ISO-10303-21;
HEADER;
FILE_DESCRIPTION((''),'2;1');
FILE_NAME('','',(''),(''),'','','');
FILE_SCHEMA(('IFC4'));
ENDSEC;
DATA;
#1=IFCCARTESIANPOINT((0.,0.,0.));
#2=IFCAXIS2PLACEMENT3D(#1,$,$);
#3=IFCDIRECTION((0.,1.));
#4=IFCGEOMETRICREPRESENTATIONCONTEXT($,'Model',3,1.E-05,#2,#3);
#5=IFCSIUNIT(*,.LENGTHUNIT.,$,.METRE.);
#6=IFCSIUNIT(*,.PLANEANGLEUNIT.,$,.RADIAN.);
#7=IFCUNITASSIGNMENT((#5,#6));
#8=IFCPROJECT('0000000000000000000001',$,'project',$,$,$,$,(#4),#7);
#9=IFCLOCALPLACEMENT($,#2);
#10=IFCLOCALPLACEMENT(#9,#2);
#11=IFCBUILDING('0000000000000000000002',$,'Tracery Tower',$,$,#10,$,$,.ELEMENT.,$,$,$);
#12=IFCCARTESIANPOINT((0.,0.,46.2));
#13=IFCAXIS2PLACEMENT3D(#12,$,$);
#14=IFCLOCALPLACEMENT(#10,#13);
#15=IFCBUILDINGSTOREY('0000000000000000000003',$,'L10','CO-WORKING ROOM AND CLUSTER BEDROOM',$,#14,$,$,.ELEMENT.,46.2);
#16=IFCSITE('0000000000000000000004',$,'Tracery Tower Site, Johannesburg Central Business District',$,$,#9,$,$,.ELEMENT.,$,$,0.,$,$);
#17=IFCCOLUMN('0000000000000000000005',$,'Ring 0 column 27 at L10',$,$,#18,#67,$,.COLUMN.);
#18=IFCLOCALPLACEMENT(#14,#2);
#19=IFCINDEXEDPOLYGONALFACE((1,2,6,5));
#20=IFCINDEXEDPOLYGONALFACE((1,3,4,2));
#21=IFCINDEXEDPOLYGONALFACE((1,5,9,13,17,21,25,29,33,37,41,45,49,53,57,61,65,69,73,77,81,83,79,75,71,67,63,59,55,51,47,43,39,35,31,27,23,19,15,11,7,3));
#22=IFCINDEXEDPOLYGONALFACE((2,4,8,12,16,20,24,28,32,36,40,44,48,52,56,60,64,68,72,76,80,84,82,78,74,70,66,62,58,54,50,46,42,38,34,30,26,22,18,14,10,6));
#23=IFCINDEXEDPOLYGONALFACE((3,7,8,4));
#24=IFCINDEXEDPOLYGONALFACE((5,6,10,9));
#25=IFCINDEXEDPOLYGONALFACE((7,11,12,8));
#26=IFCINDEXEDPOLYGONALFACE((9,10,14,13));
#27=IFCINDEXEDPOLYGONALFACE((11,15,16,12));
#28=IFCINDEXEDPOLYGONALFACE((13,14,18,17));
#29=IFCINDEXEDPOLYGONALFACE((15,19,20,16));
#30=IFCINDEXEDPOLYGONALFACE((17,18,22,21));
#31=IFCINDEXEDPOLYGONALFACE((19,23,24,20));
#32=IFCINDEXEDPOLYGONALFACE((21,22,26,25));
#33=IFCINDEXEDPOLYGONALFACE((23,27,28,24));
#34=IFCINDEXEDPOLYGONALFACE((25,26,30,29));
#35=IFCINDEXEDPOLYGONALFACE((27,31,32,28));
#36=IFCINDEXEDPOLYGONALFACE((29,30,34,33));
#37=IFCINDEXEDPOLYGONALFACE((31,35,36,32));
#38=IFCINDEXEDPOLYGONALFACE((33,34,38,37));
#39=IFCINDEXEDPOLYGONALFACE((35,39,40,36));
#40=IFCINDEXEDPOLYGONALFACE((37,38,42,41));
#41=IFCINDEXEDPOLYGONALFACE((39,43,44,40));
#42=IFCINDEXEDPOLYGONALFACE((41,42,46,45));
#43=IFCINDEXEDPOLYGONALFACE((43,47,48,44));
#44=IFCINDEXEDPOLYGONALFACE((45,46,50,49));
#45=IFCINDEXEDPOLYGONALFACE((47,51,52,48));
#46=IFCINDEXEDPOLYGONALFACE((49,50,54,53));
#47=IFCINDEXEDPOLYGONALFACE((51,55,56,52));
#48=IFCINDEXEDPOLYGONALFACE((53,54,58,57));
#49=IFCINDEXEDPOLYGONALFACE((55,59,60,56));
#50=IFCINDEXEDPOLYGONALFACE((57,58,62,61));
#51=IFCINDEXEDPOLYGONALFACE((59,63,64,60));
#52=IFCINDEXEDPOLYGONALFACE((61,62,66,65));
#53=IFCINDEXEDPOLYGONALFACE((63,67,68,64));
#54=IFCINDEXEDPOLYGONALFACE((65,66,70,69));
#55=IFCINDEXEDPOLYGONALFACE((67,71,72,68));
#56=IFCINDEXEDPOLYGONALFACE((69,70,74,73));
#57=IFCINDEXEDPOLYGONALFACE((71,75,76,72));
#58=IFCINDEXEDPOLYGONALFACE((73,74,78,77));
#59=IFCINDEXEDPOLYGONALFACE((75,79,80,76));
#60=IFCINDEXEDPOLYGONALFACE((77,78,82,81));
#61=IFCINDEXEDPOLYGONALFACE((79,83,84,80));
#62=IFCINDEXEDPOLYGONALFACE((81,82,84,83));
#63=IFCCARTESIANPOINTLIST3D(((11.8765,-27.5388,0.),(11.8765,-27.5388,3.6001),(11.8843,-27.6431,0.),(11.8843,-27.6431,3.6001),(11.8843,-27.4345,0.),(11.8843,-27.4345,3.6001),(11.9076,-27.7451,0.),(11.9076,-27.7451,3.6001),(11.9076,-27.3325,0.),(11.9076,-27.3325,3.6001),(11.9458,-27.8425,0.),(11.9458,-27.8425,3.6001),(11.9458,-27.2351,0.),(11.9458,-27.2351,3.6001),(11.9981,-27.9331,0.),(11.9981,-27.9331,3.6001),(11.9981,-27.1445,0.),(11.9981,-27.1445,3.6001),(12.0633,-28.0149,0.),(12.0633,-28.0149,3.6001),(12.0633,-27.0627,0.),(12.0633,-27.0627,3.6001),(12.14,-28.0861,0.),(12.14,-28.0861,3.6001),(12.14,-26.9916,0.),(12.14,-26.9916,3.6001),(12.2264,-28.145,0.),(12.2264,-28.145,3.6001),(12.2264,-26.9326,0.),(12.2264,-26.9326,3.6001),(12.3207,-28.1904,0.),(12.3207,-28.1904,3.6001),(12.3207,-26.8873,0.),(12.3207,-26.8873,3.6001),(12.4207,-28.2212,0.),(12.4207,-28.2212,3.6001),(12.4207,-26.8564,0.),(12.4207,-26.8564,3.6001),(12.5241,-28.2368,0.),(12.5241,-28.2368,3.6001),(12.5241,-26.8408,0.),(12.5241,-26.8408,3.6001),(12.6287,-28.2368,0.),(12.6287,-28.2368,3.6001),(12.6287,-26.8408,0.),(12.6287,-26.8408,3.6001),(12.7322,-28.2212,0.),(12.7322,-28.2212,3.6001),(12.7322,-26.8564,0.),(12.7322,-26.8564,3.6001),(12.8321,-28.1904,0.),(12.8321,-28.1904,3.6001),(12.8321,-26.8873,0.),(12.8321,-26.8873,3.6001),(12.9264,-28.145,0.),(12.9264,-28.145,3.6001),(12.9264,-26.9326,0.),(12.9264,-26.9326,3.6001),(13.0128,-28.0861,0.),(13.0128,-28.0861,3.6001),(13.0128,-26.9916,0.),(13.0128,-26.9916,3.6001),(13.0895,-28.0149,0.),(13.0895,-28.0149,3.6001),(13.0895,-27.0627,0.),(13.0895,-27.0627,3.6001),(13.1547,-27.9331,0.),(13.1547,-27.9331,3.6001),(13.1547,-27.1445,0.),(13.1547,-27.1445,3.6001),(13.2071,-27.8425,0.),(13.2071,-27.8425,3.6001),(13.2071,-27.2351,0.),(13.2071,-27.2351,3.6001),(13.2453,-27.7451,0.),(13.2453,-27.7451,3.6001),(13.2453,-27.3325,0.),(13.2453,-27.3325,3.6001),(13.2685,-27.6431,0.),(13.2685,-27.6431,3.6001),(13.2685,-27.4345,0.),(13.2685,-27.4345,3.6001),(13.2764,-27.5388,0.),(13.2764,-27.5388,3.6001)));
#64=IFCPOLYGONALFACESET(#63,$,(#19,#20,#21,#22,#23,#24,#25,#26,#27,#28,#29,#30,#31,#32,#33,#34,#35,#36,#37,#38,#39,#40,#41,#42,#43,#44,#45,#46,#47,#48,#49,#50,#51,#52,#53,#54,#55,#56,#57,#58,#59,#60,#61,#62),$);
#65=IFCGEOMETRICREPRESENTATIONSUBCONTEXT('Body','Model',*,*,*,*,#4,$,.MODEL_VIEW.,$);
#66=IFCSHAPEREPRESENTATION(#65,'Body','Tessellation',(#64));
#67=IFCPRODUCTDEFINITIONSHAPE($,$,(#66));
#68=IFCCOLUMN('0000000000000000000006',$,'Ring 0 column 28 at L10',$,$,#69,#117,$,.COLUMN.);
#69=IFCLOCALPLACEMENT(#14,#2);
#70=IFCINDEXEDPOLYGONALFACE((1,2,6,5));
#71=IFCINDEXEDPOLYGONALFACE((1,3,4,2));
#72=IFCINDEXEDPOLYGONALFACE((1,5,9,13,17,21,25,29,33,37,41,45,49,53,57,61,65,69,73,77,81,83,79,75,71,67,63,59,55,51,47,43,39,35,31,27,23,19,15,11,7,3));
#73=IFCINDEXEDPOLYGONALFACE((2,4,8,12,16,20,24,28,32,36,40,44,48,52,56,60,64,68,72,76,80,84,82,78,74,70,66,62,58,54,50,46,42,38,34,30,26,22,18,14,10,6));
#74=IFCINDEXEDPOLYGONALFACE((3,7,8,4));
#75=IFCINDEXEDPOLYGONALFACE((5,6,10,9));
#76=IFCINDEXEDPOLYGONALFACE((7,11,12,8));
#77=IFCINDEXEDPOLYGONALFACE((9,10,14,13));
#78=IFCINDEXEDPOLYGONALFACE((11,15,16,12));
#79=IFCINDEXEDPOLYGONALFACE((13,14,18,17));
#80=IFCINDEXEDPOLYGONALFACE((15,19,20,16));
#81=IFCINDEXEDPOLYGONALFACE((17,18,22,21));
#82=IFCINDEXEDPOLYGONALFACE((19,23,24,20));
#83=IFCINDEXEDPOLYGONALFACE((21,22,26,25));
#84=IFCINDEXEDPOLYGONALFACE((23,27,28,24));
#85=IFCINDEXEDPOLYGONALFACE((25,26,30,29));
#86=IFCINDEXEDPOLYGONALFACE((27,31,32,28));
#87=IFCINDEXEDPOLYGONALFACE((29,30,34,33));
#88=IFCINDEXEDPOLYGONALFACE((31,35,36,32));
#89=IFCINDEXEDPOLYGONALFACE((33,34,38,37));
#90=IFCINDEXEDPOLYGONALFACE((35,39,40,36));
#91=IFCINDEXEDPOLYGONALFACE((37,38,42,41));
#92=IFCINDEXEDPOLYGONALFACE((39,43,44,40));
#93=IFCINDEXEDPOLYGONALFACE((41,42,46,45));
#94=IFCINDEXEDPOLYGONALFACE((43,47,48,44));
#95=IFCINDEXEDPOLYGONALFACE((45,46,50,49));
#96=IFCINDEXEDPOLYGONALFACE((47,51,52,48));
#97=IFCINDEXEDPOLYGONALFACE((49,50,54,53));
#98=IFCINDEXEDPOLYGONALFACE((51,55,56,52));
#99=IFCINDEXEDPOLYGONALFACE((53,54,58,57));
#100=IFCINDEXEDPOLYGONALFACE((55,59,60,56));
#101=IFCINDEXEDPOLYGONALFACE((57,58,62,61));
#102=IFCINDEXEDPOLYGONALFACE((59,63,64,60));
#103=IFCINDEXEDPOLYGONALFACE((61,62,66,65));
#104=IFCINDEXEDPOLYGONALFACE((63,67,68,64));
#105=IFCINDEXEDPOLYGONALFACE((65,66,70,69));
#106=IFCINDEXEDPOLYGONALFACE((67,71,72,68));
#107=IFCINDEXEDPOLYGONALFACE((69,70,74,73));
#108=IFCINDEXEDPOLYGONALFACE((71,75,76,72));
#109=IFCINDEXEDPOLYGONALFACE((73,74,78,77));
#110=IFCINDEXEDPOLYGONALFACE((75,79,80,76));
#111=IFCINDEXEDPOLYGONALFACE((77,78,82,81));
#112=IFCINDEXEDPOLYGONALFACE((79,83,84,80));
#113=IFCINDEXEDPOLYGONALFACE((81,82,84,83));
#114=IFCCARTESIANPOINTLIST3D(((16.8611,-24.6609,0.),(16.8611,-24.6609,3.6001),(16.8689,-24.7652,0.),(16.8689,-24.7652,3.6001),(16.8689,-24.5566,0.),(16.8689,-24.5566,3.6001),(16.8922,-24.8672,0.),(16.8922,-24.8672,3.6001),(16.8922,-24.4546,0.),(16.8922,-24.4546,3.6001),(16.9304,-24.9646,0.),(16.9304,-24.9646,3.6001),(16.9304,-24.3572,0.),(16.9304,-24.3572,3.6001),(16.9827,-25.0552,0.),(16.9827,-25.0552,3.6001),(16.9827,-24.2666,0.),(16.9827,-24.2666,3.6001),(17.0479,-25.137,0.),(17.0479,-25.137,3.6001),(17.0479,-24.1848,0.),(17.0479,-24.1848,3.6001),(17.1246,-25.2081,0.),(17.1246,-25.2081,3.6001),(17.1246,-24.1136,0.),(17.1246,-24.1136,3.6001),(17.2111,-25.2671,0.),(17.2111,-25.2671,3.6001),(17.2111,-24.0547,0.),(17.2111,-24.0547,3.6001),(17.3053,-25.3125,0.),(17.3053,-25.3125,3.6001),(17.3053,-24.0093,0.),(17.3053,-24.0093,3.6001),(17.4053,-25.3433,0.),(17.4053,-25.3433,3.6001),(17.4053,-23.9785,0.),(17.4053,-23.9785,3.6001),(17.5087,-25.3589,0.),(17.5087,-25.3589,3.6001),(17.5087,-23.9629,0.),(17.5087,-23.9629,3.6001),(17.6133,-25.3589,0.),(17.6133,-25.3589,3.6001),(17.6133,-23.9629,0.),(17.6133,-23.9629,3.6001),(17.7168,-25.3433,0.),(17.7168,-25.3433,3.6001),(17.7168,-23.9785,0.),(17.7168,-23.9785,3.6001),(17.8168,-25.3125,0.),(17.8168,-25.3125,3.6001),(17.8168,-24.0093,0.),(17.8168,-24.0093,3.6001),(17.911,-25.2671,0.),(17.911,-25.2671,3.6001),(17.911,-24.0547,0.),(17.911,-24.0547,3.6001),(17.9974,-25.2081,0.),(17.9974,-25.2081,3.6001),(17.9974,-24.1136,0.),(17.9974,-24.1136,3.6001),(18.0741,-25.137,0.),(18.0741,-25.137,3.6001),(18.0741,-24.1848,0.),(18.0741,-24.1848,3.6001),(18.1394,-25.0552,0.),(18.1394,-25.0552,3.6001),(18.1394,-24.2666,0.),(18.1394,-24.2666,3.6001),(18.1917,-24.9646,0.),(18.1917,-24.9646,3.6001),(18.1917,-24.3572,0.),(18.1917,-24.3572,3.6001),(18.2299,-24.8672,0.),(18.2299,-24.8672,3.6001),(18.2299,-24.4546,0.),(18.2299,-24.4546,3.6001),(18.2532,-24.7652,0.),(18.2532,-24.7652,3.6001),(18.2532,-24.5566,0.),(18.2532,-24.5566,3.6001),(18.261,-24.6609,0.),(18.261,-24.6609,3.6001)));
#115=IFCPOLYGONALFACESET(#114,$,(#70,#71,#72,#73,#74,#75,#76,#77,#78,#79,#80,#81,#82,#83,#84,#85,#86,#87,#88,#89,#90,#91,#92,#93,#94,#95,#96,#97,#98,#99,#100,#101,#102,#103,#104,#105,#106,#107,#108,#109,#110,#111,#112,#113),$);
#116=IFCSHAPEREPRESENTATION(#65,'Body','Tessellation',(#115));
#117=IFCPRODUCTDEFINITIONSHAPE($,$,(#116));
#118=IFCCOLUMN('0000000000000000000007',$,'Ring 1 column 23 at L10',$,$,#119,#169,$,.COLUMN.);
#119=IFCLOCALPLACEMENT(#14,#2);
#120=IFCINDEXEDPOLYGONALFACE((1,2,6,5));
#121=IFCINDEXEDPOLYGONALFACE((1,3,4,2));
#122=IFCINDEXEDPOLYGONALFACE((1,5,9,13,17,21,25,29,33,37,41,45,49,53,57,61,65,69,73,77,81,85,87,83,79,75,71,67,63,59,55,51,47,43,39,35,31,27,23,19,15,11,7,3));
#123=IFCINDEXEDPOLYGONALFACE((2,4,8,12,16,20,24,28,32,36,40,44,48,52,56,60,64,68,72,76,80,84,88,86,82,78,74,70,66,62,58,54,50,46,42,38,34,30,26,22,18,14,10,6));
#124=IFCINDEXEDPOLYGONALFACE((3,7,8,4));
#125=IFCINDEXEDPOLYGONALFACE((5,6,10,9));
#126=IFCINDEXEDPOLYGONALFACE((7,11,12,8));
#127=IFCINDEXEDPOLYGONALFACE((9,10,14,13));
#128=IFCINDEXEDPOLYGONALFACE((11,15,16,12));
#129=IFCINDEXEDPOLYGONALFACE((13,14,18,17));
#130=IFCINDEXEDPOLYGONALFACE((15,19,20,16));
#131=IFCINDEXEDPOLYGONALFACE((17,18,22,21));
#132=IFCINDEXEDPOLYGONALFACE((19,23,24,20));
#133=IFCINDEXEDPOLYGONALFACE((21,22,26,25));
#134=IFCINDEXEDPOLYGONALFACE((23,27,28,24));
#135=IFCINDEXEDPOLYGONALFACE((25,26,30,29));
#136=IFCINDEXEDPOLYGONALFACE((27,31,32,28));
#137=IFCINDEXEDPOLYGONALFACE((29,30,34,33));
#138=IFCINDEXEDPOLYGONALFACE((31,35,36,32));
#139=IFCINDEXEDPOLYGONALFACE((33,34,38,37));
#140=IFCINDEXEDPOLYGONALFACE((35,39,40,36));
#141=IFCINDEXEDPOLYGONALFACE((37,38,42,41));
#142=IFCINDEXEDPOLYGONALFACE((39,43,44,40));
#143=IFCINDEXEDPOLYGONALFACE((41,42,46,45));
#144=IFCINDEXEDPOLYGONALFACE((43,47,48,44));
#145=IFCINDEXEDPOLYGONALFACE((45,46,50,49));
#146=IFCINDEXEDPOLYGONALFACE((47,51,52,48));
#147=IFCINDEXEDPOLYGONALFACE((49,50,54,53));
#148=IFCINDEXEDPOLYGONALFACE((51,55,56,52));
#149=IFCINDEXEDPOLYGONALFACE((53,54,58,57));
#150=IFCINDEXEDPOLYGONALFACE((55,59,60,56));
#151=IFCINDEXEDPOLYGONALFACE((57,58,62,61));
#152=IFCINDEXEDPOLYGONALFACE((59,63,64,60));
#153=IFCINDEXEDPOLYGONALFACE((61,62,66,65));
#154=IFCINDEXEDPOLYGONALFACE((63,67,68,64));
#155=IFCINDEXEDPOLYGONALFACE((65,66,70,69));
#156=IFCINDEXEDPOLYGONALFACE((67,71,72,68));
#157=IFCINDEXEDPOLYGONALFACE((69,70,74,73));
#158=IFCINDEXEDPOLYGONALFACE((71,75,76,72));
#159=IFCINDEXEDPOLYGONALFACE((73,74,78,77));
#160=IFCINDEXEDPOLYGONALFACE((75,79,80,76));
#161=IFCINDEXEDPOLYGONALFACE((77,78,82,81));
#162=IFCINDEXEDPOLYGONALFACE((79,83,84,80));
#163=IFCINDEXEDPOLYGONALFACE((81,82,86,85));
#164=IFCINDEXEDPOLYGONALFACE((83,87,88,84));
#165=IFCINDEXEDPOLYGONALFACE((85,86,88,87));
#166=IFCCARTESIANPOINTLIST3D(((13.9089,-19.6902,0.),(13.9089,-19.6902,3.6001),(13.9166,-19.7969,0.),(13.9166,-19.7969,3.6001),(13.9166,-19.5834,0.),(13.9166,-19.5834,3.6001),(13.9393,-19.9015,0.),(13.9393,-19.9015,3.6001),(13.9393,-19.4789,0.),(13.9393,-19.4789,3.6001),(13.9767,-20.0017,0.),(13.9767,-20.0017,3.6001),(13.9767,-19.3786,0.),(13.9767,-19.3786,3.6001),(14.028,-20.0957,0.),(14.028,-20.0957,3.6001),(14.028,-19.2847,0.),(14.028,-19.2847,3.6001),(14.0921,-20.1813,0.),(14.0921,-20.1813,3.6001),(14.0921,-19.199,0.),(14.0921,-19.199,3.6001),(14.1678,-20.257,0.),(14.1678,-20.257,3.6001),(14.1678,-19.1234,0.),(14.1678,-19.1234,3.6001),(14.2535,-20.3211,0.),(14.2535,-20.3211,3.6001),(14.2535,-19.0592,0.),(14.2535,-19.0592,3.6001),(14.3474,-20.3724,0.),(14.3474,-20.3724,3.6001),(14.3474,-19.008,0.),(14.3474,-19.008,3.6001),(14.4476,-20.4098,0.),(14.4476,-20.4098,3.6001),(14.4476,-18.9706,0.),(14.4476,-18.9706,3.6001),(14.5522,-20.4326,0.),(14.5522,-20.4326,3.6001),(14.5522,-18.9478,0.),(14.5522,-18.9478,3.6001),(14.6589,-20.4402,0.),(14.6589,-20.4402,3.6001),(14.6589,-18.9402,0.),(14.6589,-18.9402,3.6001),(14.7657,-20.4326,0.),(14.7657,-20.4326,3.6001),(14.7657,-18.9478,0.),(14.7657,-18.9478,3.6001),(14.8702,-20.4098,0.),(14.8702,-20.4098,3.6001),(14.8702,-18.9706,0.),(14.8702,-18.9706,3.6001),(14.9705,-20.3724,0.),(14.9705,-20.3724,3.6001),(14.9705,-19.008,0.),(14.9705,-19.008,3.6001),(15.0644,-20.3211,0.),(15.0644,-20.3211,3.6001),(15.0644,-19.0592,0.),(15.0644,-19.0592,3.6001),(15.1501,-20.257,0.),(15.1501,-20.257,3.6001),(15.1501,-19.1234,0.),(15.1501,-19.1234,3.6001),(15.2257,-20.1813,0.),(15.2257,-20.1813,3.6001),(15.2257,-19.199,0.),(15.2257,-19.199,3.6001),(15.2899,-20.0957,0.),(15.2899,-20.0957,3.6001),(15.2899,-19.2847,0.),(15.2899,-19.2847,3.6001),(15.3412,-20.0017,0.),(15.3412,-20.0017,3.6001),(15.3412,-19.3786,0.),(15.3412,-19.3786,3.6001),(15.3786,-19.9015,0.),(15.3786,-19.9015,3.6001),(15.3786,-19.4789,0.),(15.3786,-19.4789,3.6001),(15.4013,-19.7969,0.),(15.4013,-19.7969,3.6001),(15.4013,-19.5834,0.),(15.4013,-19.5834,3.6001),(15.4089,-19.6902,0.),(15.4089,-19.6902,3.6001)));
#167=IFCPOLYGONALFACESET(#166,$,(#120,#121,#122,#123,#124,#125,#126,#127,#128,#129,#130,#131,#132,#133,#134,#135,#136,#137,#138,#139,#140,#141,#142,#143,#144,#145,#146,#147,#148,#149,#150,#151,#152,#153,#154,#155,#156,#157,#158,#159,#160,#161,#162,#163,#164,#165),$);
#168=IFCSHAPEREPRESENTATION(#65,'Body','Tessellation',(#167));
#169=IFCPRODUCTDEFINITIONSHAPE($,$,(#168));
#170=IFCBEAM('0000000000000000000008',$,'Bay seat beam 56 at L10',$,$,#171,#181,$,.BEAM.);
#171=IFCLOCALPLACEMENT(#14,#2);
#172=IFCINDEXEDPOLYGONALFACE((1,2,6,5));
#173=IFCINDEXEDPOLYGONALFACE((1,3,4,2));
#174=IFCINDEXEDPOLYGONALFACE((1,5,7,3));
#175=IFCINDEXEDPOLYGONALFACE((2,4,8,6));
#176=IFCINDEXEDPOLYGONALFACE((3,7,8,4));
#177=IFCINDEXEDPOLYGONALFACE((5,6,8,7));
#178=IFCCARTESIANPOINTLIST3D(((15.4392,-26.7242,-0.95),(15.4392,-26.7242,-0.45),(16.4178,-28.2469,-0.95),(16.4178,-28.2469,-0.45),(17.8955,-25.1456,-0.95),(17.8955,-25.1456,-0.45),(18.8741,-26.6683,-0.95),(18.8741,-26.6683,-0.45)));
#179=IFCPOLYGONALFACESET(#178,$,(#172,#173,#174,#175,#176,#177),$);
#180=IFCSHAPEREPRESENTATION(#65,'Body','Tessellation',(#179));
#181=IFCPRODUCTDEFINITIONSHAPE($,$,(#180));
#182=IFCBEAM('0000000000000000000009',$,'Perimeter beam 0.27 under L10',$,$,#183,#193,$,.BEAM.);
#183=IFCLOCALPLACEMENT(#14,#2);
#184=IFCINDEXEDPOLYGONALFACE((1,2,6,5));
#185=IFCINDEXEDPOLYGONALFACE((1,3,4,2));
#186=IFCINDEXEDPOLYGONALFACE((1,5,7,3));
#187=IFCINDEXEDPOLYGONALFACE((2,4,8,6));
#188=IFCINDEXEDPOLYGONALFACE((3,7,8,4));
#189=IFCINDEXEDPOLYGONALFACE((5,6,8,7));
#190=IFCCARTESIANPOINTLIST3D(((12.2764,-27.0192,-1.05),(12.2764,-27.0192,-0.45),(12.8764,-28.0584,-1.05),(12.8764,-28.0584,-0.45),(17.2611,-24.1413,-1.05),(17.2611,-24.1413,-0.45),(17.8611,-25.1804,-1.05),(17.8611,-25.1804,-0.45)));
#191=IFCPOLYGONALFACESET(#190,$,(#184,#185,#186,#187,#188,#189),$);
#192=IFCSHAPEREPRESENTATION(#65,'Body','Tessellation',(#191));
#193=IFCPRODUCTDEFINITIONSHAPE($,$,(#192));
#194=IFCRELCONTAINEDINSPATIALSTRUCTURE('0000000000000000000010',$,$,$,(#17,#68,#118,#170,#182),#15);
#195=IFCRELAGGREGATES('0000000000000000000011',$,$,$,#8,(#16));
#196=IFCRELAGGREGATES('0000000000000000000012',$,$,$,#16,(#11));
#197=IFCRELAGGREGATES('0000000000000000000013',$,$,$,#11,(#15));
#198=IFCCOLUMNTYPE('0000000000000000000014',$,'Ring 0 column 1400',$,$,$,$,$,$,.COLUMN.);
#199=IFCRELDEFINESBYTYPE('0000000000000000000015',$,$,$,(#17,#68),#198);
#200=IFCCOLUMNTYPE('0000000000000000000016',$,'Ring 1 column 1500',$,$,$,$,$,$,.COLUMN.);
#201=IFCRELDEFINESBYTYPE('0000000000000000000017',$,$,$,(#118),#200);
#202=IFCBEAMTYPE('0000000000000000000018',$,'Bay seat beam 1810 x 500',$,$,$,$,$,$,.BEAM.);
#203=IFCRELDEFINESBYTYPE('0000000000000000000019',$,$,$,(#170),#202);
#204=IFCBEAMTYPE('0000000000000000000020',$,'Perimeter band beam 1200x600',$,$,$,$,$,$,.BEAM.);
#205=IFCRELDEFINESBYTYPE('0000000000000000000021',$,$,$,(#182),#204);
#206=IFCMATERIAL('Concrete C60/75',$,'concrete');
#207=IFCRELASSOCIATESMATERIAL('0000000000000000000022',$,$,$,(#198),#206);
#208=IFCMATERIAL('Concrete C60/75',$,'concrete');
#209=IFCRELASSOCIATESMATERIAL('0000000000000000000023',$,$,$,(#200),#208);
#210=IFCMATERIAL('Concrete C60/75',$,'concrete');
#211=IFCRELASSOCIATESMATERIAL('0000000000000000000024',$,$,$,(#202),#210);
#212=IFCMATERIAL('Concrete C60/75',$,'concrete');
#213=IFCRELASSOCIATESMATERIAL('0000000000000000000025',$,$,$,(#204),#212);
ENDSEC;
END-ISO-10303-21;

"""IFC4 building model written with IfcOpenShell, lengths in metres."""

from ifc_helpers import new_model, si_unit, direction, frame, origin, origin_2d, place, context, subcontext, project, spatial, rectangle, circle, extrude, material, material_profile, profile_set, type_object, element, save


model = new_model("IFC4")

# Units and contexts
model_context = context("Model", 3, precision=1e-05, world=origin(), true_north=direction((0.0, 1.0)))
body_context = subcontext(model_context, "Body", "Model", "MODEL_VIEW")
ifc_project = project(units=[si_unit("LENGTHUNIT", "METRE"), si_unit("PLANEANGLEUNIT", "RADIAN")], contexts=[model_context])

# Site, building, storey
site_placement = place(None, origin())
site = spatial("IfcSite", under=ifc_project, at=site_placement, Name="Tracery Tower Site, Johannesburg Central Business District", CompositionType="ELEMENT", RefElevation=0.0)
building_placement = place(site_placement, origin())
building = spatial("IfcBuilding", under=site, at=building_placement, Name="Tracery Tower", CompositionType="ELEMENT")
storey_placement = place(building_placement, frame((0.0, 0.0, 46.2)))
storey = spatial("IfcBuildingStorey", under=building, at=storey_placement, Name="L10", Description="CO-WORKING ROOM AND CLUSTER BEDROOM", CompositionType="ELEMENT", Elevation=46.2)

# Columns
ifc_material_1 = material(Name="Concrete C60/75", Category="concrete")
ifc_material_profile_1 = material_profile(ifc_material_1, circle(Radius=0.7, at=origin_2d()), Name="RC D1400")
ifc_profile_set_1 = profile_set([ifc_material_profile_1], Name="Concrete C60/75")
column_type_1 = type_object("IfcColumnType", Name="Ring 0 column 1400", PredefinedType="COLUMN", material=ifc_profile_set_1)
for number, where, z_axis, x_axis, name in (
    (1, (12.5764, -27.5388, 0.0), (0.0, 0.0, 1.0), (1.0, 0.0, 0.0), "Ring 0 column 27 at L10"),
    (2, (17.561, -24.6609, 0.0), (0.0, 0.0, 1.0), (1.0, 0.0, 0.0), "Ring 0 column 28 at L10"),
):
    element("IfcColumn", number, at=place(storey_placement, frame(where, z_axis=z_axis, x_axis=x_axis)), inside=storey, type_object=column_type_1, Name=name, PredefinedType="COLUMN", context=body_context, shape_type="SweptSolid", body=[
        extrude(circle(Radius=0.7, at=origin_2d()), origin(), (0.0, 0.0, 1.0), 3.6001),
    ])
ifc_material_2 = material(Name="Concrete C60/75", Category="concrete")
ifc_material_profile_2 = material_profile(ifc_material_2, circle(Radius=0.75, at=origin_2d()), Name="RC D1500")
ifc_profile_set_2 = profile_set([ifc_material_profile_2], Name="Concrete C60/75")
column_type_2 = type_object("IfcColumnType", Name="Ring 1 column 1500", PredefinedType="COLUMN", material=ifc_profile_set_2)
column_placement = place(storey_placement, frame((14.6589, -19.6902, 0.0), z_axis=(0.0, 0.0, 1.0), x_axis=(1.0, 0.0, 0.0)))
element("IfcColumn", 3, at=column_placement, inside=storey, type_object=column_type_2, Name="Ring 1 column 23 at L10", PredefinedType="COLUMN", context=body_context, shape_type="SweptSolid", body=[
    extrude(circle(Radius=0.75, at=origin_2d()), origin(), (0.0, 0.0, 1.0), 3.6001),
])

# Beams
ifc_material_3 = material(Name="Concrete C60/75", Category="concrete")
ifc_material_profile_3 = material_profile(ifc_material_3, rectangle(XDim=1.8101, YDim=0.5, at=origin_2d()), Name="RC 1810x500")
ifc_profile_set_3 = profile_set([ifc_material_profile_3], Name="Concrete C60/75")
beam_type_1 = type_object("IfcBeamType", Name="Bay seat beam 1810 x 500", PredefinedType="BEAM", material=ifc_profile_set_3)
beam_1_placement = place(storey_placement, frame((15.9285, -27.4856, -0.7), z_axis=(0.841246, 0.540652, 0.0), x_axis=(-0.540652, 0.841246, 0.0)))
element("IfcBeam", 4, at=beam_1_placement, inside=storey, type_object=beam_type_1, Name="Bay seat beam 56 at L10", PredefinedType="BEAM", context=body_context, shape_type="SweptSolid", body=[
    extrude(rectangle(XDim=1.8101, YDim=0.5, at=origin_2d()), origin(), (0.0, 0.0, 1.0), 2.9199),
])
ifc_material_4 = material(Name="Concrete C60/75", Category="concrete")
ifc_material_profile_4 = material_profile(ifc_material_4, rectangle(XDim=1.2, YDim=0.6001, at=origin_2d()), Name="RC 1200x600")
ifc_profile_set_4 = profile_set([ifc_material_profile_4], Name="Concrete C60/75")
beam_type_2 = type_object("IfcBeamType", Name="Perimeter band beam 1200x600", PredefinedType="BEAM", material=ifc_profile_set_4)
beam_2_placement = place(storey_placement, frame((12.5764, -27.5388, -0.75), z_axis=(0.866021, 0.500008, 0.0), x_axis=(-0.500008, 0.866021, 0.0)))
element("IfcBeam", 5, at=beam_2_placement, inside=storey, type_object=beam_type_2, Name="Perimeter beam 0.27 under L10", PredefinedType="BEAM", context=body_context, shape_type="SweptSolid", body=[
    extrude(rectangle(XDim=1.2, YDim=0.6001, at=origin_2d()), origin(), (0.0, 0.0, 1.0), 5.7559),
])

save(model, "model.ifc")
